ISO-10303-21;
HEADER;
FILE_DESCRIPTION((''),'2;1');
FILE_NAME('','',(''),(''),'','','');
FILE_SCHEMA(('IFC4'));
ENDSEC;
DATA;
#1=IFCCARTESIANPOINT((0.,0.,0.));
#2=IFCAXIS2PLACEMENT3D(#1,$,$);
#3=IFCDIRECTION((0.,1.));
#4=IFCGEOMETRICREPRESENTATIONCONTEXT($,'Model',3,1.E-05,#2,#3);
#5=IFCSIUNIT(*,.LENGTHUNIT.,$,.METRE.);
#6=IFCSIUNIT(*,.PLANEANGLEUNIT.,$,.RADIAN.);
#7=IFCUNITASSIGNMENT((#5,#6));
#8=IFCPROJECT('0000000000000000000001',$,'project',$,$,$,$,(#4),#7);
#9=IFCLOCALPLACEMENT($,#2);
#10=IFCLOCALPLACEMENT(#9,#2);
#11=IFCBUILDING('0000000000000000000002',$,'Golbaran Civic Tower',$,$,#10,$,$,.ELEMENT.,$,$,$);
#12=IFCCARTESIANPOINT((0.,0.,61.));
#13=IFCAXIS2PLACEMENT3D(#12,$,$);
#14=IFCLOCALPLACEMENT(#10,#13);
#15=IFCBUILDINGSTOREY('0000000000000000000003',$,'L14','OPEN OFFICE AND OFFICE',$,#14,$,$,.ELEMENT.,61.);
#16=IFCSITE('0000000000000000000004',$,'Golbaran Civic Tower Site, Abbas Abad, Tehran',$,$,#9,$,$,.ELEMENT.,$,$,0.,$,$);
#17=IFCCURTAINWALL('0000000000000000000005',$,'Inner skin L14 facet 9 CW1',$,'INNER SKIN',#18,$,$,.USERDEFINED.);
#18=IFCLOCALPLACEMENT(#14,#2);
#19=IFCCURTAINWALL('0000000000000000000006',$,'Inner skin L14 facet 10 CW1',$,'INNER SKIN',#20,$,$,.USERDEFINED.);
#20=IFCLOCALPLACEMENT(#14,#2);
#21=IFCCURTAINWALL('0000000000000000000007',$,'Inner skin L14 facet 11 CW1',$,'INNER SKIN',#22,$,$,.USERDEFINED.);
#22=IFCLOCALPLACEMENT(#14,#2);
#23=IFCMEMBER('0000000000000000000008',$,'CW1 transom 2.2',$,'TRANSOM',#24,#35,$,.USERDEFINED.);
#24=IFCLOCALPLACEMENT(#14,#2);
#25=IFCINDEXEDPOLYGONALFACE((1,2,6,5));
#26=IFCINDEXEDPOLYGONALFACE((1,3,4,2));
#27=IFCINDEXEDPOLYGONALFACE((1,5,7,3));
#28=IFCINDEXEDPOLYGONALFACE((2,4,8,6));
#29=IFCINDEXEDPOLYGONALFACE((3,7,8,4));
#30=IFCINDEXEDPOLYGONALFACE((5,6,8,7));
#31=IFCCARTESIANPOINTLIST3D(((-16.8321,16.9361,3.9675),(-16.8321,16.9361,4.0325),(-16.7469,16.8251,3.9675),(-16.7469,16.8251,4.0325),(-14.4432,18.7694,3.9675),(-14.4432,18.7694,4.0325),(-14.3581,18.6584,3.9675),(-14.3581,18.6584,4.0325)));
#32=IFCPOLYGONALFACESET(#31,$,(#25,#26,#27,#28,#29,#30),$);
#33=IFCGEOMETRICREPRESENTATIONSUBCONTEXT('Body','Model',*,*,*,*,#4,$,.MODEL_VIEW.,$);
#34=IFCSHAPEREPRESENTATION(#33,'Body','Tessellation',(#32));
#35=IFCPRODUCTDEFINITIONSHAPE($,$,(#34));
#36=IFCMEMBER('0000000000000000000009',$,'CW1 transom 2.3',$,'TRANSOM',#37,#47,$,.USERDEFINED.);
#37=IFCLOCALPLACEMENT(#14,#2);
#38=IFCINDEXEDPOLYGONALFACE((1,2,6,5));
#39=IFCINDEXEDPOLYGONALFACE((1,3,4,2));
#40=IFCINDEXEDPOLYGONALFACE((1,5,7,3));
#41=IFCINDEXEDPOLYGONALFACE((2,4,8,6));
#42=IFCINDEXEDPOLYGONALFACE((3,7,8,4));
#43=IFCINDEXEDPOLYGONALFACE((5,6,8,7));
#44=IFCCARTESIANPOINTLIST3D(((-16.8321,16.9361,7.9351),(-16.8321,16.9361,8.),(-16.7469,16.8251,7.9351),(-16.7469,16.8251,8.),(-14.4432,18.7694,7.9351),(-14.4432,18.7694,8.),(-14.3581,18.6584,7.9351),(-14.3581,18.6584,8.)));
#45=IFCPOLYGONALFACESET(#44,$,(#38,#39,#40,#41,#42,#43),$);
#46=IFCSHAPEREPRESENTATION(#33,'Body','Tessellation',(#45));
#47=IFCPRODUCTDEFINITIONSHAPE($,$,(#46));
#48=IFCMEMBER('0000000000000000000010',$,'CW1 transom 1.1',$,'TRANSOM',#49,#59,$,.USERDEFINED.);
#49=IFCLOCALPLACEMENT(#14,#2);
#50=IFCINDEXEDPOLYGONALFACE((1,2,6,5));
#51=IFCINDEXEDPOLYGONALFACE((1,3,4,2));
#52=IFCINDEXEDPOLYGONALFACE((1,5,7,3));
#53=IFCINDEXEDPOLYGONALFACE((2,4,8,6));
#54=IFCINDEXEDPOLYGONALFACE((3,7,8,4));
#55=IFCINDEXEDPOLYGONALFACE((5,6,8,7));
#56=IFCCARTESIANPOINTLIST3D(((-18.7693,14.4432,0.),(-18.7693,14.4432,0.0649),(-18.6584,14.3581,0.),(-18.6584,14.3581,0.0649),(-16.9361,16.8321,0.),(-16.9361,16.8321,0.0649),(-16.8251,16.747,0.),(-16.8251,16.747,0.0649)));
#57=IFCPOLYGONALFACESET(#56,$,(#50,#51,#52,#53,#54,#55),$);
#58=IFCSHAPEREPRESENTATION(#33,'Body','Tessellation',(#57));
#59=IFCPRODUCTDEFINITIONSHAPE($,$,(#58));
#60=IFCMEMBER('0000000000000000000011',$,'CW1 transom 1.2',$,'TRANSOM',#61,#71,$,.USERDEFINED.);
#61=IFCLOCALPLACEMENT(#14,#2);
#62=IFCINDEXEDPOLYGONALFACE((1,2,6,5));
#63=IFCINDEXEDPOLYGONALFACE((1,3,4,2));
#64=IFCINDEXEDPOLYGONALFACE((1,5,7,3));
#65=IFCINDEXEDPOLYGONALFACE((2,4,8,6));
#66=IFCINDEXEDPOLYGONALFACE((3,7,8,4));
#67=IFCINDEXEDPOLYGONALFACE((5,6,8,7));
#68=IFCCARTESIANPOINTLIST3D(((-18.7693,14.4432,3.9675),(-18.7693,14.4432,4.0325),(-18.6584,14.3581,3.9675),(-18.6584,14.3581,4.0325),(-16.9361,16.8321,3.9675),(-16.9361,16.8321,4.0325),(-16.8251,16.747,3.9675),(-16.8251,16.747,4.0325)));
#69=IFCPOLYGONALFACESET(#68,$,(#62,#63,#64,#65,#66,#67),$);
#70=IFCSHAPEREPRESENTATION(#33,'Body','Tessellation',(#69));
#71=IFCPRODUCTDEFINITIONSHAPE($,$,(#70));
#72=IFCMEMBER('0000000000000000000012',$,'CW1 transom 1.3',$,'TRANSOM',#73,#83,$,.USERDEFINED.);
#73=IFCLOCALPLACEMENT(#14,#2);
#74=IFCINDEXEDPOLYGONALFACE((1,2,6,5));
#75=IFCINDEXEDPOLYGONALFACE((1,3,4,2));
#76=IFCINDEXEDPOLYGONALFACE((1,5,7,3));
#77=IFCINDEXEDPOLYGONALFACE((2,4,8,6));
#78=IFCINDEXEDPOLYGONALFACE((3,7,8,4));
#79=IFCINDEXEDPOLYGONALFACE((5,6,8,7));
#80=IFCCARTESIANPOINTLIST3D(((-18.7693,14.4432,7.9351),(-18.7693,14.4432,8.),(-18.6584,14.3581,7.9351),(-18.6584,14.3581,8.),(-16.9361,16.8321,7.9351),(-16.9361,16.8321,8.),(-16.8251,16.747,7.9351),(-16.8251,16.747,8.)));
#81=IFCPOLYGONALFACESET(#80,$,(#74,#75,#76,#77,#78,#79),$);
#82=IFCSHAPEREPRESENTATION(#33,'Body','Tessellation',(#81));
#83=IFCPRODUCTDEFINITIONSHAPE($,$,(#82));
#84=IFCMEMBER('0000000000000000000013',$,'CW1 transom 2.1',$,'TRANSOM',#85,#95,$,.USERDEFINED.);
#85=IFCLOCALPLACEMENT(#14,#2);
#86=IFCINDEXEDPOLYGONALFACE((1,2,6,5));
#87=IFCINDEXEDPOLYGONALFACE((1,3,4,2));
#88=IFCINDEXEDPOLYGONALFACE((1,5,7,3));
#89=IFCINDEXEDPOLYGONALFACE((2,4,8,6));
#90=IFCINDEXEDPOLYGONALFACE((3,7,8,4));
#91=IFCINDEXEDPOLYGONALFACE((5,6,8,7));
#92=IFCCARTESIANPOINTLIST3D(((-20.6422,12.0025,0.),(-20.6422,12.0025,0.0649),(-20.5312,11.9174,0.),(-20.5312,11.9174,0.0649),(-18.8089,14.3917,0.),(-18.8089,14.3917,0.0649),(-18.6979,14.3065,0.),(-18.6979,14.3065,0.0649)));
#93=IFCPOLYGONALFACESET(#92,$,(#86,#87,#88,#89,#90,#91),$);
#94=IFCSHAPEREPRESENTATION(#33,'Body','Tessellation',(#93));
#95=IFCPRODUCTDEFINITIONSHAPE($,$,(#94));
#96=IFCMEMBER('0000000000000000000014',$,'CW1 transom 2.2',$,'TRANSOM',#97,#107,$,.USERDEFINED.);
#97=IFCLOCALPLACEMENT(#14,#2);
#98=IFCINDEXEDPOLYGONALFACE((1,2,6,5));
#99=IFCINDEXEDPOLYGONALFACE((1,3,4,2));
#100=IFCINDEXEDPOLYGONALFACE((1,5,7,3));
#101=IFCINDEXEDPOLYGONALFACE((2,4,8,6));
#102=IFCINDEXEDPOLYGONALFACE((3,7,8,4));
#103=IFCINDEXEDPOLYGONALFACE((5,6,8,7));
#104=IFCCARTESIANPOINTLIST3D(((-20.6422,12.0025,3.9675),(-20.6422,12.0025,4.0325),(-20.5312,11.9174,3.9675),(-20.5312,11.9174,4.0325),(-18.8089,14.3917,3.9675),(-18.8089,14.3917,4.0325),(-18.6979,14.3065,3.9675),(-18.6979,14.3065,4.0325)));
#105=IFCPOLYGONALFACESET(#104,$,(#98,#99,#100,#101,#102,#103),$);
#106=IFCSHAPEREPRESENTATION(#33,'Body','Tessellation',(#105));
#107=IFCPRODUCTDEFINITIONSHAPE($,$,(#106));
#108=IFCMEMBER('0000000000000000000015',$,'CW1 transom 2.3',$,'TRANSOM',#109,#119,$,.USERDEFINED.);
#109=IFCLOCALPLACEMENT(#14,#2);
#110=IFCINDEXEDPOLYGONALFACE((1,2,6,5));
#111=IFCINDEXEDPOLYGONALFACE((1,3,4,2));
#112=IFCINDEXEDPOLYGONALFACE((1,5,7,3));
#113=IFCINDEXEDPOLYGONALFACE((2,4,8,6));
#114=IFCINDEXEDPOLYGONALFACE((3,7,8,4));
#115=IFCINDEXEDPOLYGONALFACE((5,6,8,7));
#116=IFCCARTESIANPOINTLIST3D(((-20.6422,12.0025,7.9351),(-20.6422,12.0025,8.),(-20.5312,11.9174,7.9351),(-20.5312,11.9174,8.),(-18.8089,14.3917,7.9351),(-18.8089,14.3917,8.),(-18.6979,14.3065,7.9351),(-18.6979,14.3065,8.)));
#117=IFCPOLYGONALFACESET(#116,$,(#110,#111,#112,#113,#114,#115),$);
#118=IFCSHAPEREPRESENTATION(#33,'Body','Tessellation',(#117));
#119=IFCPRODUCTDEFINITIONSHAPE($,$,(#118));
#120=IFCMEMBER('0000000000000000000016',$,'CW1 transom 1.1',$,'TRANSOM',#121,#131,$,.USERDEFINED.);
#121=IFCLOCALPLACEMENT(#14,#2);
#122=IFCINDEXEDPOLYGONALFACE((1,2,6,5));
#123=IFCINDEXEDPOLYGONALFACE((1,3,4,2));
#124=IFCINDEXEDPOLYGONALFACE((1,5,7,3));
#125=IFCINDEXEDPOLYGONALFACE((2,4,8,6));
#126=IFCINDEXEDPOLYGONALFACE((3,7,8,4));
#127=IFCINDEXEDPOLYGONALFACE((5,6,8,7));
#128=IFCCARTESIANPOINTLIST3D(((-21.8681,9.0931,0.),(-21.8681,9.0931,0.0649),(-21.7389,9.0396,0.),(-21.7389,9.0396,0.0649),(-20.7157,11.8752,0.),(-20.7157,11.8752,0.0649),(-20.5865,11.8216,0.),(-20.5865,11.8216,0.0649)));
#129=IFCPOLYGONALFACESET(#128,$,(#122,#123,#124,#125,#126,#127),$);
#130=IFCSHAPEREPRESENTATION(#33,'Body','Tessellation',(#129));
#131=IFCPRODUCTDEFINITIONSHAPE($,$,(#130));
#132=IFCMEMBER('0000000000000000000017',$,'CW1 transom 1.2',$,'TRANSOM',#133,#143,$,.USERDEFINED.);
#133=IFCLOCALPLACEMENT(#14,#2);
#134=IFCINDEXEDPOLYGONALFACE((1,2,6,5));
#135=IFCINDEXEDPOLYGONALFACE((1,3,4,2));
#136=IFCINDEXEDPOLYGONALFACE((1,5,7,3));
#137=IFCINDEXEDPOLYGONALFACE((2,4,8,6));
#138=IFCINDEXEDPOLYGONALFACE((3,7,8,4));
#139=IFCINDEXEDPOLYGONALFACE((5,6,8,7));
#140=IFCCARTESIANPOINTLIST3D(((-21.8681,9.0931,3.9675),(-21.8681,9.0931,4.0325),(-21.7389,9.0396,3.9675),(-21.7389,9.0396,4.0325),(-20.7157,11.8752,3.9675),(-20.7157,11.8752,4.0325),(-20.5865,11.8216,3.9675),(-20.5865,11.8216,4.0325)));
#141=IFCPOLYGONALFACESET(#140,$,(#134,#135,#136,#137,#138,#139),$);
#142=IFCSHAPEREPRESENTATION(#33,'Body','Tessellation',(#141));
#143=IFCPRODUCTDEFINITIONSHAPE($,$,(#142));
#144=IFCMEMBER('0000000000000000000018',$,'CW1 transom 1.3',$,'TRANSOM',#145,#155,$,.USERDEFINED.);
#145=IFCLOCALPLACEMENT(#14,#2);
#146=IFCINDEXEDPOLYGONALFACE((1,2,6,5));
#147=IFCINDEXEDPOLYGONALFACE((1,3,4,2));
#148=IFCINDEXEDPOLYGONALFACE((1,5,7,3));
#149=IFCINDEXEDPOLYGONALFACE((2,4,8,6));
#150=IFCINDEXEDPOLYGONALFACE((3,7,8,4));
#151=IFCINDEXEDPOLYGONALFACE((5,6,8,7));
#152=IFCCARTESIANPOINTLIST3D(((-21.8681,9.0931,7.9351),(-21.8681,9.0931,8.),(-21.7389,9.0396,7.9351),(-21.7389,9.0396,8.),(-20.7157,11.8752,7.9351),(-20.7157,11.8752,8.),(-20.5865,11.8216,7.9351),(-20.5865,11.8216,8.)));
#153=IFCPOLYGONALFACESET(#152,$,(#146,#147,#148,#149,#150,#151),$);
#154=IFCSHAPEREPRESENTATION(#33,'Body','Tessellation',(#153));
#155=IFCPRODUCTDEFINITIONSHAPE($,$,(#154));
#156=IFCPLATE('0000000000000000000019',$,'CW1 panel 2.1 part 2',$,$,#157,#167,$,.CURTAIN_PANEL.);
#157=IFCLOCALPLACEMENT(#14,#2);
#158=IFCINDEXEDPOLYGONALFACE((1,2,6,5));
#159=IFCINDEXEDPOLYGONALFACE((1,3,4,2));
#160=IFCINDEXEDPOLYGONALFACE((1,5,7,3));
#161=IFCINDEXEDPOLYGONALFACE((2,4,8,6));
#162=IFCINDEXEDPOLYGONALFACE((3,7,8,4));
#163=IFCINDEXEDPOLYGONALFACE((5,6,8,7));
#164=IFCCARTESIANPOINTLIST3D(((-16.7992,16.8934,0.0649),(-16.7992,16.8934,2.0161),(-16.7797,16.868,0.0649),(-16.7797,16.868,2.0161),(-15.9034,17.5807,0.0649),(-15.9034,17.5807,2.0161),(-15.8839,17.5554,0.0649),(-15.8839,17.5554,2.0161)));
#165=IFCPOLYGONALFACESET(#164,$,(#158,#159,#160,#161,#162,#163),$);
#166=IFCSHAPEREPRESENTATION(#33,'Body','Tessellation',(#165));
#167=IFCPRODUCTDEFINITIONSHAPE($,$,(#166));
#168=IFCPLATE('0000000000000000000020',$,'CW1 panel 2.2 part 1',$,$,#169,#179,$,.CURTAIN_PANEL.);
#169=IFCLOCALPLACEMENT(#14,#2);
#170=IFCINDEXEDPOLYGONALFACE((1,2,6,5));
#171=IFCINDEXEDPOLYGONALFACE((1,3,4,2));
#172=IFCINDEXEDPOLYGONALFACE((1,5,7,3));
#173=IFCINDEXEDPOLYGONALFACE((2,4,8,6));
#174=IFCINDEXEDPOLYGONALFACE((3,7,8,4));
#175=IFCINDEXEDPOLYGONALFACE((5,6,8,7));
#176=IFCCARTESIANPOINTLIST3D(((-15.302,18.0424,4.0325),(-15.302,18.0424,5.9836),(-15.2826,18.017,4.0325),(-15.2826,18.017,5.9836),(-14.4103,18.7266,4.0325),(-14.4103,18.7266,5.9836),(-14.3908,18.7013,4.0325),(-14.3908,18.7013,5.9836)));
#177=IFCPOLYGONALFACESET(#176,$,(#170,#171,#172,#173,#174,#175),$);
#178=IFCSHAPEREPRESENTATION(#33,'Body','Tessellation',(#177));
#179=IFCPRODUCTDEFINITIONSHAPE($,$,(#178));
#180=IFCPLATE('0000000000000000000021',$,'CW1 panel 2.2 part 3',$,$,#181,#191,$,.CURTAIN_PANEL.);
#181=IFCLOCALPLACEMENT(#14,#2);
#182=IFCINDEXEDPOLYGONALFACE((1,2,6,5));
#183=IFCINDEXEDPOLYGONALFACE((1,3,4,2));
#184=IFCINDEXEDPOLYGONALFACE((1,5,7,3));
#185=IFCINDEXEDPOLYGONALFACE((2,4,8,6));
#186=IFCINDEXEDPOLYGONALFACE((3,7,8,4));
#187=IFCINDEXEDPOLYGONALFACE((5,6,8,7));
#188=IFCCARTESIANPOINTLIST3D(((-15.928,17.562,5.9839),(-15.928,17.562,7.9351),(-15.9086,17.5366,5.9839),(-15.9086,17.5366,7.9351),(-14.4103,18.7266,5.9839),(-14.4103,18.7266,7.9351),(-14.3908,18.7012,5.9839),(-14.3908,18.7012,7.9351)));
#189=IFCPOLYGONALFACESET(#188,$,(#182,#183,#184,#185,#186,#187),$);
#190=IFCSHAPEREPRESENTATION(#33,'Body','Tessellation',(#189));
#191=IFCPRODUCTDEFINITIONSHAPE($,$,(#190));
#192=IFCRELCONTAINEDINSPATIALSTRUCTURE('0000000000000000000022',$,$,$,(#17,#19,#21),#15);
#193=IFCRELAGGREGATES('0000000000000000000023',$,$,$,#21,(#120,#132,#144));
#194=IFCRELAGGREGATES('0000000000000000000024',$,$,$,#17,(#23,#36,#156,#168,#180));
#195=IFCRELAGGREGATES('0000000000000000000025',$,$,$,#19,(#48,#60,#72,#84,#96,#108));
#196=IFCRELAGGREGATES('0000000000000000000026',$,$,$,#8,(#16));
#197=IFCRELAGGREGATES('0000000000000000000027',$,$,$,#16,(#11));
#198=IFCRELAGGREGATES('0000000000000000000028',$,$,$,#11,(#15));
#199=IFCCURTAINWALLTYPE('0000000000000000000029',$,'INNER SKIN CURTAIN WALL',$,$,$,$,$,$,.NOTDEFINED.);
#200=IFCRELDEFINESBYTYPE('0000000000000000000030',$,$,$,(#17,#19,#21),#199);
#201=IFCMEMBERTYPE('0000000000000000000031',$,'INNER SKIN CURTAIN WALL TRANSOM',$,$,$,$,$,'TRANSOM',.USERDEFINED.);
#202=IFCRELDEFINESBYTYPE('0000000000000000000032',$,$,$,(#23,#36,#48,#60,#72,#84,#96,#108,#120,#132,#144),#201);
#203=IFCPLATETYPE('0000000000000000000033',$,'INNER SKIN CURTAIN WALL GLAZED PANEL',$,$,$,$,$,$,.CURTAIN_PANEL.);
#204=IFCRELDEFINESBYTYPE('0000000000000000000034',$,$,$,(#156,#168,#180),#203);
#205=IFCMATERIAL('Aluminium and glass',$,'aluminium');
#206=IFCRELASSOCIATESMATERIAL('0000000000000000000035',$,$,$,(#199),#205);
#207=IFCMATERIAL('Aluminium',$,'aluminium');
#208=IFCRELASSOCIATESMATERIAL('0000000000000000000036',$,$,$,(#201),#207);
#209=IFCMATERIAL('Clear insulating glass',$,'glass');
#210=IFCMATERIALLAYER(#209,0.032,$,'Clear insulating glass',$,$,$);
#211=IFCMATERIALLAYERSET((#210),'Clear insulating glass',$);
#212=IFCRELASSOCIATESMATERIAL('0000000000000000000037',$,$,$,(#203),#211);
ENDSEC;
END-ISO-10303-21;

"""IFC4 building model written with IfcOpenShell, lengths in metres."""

from ifc_helpers import new_model, si_unit, direction, frame, origin, origin_2d, place, context, subcontext, project, spatial, rectangle, extrude, material, layer, layer_set, material_profile, profile_set, type_object, element, aggregate, save


model = new_model("IFC4")

# Units and contexts
model_context = context("Model", 3, precision=1e-05, world=origin(), true_north=direction((0.0, 1.0)))
body_context = subcontext(model_context, "Body", "Model", "MODEL_VIEW")
ifc_project = project(units=[si_unit("LENGTHUNIT", "METRE"), si_unit("PLANEANGLEUNIT", "RADIAN")], contexts=[model_context])

# Site, building, storey
site_placement = place(None, origin())
site = spatial("IfcSite", under=ifc_project, at=site_placement, Name="Golbaran Civic Tower Site, Abbas Abad, Tehran", CompositionType="ELEMENT", RefElevation=0.0)
building_placement = place(site_placement, origin())
building = spatial("IfcBuilding", under=site, at=building_placement, Name="Golbaran Civic Tower", CompositionType="ELEMENT")
storey_placement = place(building_placement, frame((0.0, 0.0, 61.0)))
storey = spatial("IfcBuildingStorey", under=building, at=storey_placement, Name="L14", Description="OPEN OFFICE AND OFFICE", CompositionType="ELEMENT", Elevation=61.0)

# Curtain walls
ifc_material_1 = material(Name="Aluminium and glass", Category="aluminium")
curtain_wall_type = type_object("IfcCurtainWallType", Name="INNER SKIN CURTAIN WALL", PredefinedType="NOTDEFINED", material=ifc_material_1)
curtain_wall_1_placement = place(storey_placement, origin())
curtain_wall_1 = element("IfcCurtainWall", 1, at=curtain_wall_1_placement, inside=storey, type_object=curtain_wall_type, Name="Inner skin L14 facet 9 CW1", ObjectType="INNER SKIN", PredefinedType="USERDEFINED")
ifc_material_2 = material(Name="Aluminium", Category="aluminium")
curtain_wall_2_placement = place(storey_placement, origin())
curtain_wall_2 = element("IfcCurtainWall", 2, at=curtain_wall_2_placement, inside=storey, type_object=curtain_wall_type, Name="Inner skin L14 facet 10 CW1", ObjectType="INNER SKIN", PredefinedType="USERDEFINED")

# Curtain wall
curtain_wall_3_placement = place(storey_placement, origin())
curtain_wall_3 = element("IfcCurtainWall", 3, at=curtain_wall_3_placement, inside=storey, type_object=curtain_wall_type, Name="Inner skin L14 facet 11 CW1", ObjectType="INNER SKIN", PredefinedType="USERDEFINED")

# Members
ifc_material_profile_1 = material_profile(ifc_material_2, rectangle(XDim=0.1399, YDim=0.0649, at=origin_2d()), Name="INNER SKIN CURTAIN WALL TRANSOM")
ifc_profile_set_1 = profile_set([ifc_material_profile_1], Name="Aluminium")
member_type_1 = type_object("IfcMemberType", Name="INNER SKIN CURTAIN WALL TRANSOM", ElementType="TRANSOM", PredefinedType="USERDEFINED", material=ifc_profile_set_1)
member_1_placement = place(storey_placement, frame((-14.4006, 18.7139, 4.0), z_axis=(-0.793326, -0.608797, 0.0), x_axis=(0.608797, -0.793326, 0.0)))
member_1 = element("IfcMember", 4, at=member_1_placement, type_object=member_type_1, Name="CW1 transom 2.2", ObjectType="TRANSOM", PredefinedType="USERDEFINED", context=body_context, shape_type="SweptSolid", body=[
    extrude(rectangle(XDim=0.1399, YDim=0.0649, at=origin_2d()), origin(), (0.0, 0.0, 1.0), 3.0112),
])
member_2_placement = place(storey_placement, frame((-14.4006, 18.7139, 7.9675), z_axis=(-0.793326, -0.608797, 0.0), x_axis=(0.608797, -0.793326, 0.0)))
member_2 = element("IfcMember", 5, at=member_2_placement, type_object=member_type_1, Name="CW1 transom 2.3", ObjectType="TRANSOM", PredefinedType="USERDEFINED", context=body_context, shape_type="SweptSolid", body=[
    extrude(rectangle(XDim=0.1399, YDim=0.0649, at=origin_2d()), origin(), (0.0, 0.0, 1.0), 3.0112),
])
member_3_placement = place(storey_placement, frame((-16.8806, 16.7896, 0.0325), z_axis=(-0.608797, -0.793326, 0.0), x_axis=(0.793326, -0.608797, 0.0)))
member_3 = element("IfcMember", 6, at=member_3_placement, type_object=member_type_1, Name="CW1 transom 1.1", ObjectType="TRANSOM", PredefinedType="USERDEFINED", context=body_context, shape_type="SweptSolid", body=[
    extrude(rectangle(XDim=0.1399, YDim=0.0649, at=origin_2d()), origin(), (0.0, 0.0, 1.0), 3.0112),
])
member_4_placement = place(storey_placement, frame((-16.8806, 16.7896, 4.0), z_axis=(-0.608797, -0.793326, 0.0), x_axis=(0.793326, -0.608797, 0.0)))
member_4 = element("IfcMember", 7, at=member_4_placement, type_object=member_type_1, Name="CW1 transom 1.2", ObjectType="TRANSOM", PredefinedType="USERDEFINED", context=body_context, shape_type="SweptSolid", body=[
    extrude(rectangle(XDim=0.1399, YDim=0.0649, at=origin_2d()), origin(), (0.0, 0.0, 1.0), 3.0112),
])
member_5_placement = place(storey_placement, frame((-16.8806, 16.7896, 7.9675), z_axis=(-0.608797, -0.793326, 0.0), x_axis=(0.793326, -0.608797, 0.0)))
member_5 = element("IfcMember", 8, at=member_5_placement, type_object=member_type_1, Name="CW1 transom 1.3", ObjectType="TRANSOM", PredefinedType="USERDEFINED", context=body_context, shape_type="SweptSolid", body=[
    extrude(rectangle(XDim=0.1399, YDim=0.0649, at=origin_2d()), origin(), (0.0, 0.0, 1.0), 3.0112),
])
member_6_placement = place(storey_placement, frame((-18.7534, 14.3491, 0.0325), z_axis=(-0.608758, -0.793356, 0.0), x_axis=(0.793356, -0.608758, 0.0)))
member_6 = element("IfcMember", 9, at=member_6_placement, type_object=member_type_1, Name="CW1 transom 2.1", ObjectType="TRANSOM", PredefinedType="USERDEFINED", context=body_context, shape_type="SweptSolid", body=[
    extrude(rectangle(XDim=0.1399, YDim=0.0649, at=origin_2d()), origin(), (0.0, 0.0, 1.0), 3.0115),
])
member_7_placement = place(storey_placement, frame((-18.7534, 14.3491, 4.0), z_axis=(-0.608758, -0.793356, 0.0), x_axis=(0.793356, -0.608758, 0.0)))
member_7 = element("IfcMember", 10, at=member_7_placement, type_object=member_type_1, Name="CW1 transom 2.2", ObjectType="TRANSOM", PredefinedType="USERDEFINED", context=body_context, shape_type="SweptSolid", body=[
    extrude(rectangle(XDim=0.1399, YDim=0.0649, at=origin_2d()), origin(), (0.0, 0.0, 1.0), 3.0115),
])
member_8_placement = place(storey_placement, frame((-18.7534, 14.3491, 7.9675), z_axis=(-0.608758, -0.793356, 0.0), x_axis=(0.793356, -0.608758, 0.0)))
member_8 = element("IfcMember", 11, at=member_8_placement, type_object=member_type_1, Name="CW1 transom 2.3", ObjectType="TRANSOM", PredefinedType="USERDEFINED", context=body_context, shape_type="SweptSolid", body=[
    extrude(rectangle(XDim=0.1399, YDim=0.0649, at=origin_2d()), origin(), (0.0, 0.0, 1.0), 3.0115),
])
member_9_placement = place(storey_placement, frame((-20.6511, 11.8484, 0.0325), z_axis=(-0.382686, -0.923878, 0.0), x_axis=(0.923878, -0.382686, 0.0)))
member_9 = element("IfcMember", 12, at=member_9_placement, type_object=member_type_1, Name="CW1 transom 1.1", ObjectType="TRANSOM", PredefinedType="USERDEFINED", context=body_context, shape_type="SweptSolid", body=[
    extrude(rectangle(XDim=0.1399, YDim=0.0649, at=origin_2d()), origin(), (0.0, 0.0, 1.0), 3.0112),
])
member_10_placement = place(storey_placement, frame((-20.6511, 11.8484, 4.0), z_axis=(-0.382686, -0.923878, 0.0), x_axis=(0.923878, -0.382686, 0.0)))
member_10 = element("IfcMember", 13, at=member_10_placement, type_object=member_type_1, Name="CW1 transom 1.2", ObjectType="TRANSOM", PredefinedType="USERDEFINED", context=body_context, shape_type="SweptSolid", body=[
    extrude(rectangle(XDim=0.1399, YDim=0.0649, at=origin_2d()), origin(), (0.0, 0.0, 1.0), 3.0112),
])
member_11_placement = place(storey_placement, frame((-20.6511, 11.8484, 7.9675), z_axis=(-0.382686, -0.923878, 0.0), x_axis=(0.923878, -0.382686, 0.0)))
member_11 = element("IfcMember", 14, at=member_11_placement, type_object=member_type_1, Name="CW1 transom 1.3", ObjectType="TRANSOM", PredefinedType="USERDEFINED", context=body_context, shape_type="SweptSolid", body=[
    extrude(rectangle(XDim=0.1399, YDim=0.0649, at=origin_2d()), origin(), (0.0, 0.0, 1.0), 3.0112),
])

# Plates
ifc_material_3 = material(Name="Clear insulating glass", Category="glass")
ifc_layer_1 = layer(ifc_material_3, 0.032, Name="Clear insulating glass")
ifc_layer_set_1 = layer_set([ifc_layer_1], Name="Clear insulating glass")
plate_type_1 = type_object("IfcPlateType", Name="INNER SKIN CURTAIN WALL GLAZED PANEL", PredefinedType="CURTAIN_PANEL", material=ifc_layer_set_1)
plate_1_placement = place(storey_placement, frame((-16.3416, 17.2244, 0.0649), z_axis=(0.0, 0.0, 1.0), x_axis=(-0.793353, -0.608761, 0.0)))
plate_1 = element("IfcPlate", 15, at=plate_1_placement, type_object=plate_type_1, Name="CW1 panel 2.1 part 2", PredefinedType="CURTAIN_PANEL", context=body_context, shape_type="SweptSolid", body=[
    extrude(rectangle(XDim=1.1292, YDim=0.032, at=origin_2d()), origin(), (0.0, 0.0, 1.0), 1.9512),
])
plate_2_placement = place(storey_placement, frame((-14.8464, 18.3718, 4.0325), z_axis=(0.0, 0.0, 1.0), x_axis=(-0.793353, -0.608761, 0.0)))
plate_2 = element("IfcPlate", 16, at=plate_2_placement, type_object=plate_type_1, Name="CW1 panel 2.2 part 1", PredefinedType="CURTAIN_PANEL", context=body_context, shape_type="SweptSolid", body=[
    extrude(rectangle(XDim=1.124, YDim=0.032, at=origin_2d()), origin(), (0.0, 0.0, 1.0), 1.9512),
])
plate_3_placement = place(storey_placement, frame((-15.1594, 18.1316, 5.9839), z_axis=(0.0, 0.0, 1.0), x_axis=(-0.793353, -0.608761, 0.0)))
plate_3 = element("IfcPlate", 17, at=plate_3_placement, type_object=plate_type_1, Name="CW1 panel 2.2 part 3", PredefinedType="CURTAIN_PANEL", context=body_context, shape_type="SweptSolid", body=[
    extrude(rectangle(XDim=1.9131, YDim=0.032, at=origin_2d()), origin(), (0.0, 0.0, 1.0), 1.9512),
])
aggregate(curtain_wall_3, [member_9, member_10, member_11])
aggregate(curtain_wall_1, [member_1, member_2, plate_1, plate_2, plate_3])
aggregate(curtain_wall_2, [member_3, member_4, member_5, member_6, member_7, member_8])

save(model, "model.ifc")
